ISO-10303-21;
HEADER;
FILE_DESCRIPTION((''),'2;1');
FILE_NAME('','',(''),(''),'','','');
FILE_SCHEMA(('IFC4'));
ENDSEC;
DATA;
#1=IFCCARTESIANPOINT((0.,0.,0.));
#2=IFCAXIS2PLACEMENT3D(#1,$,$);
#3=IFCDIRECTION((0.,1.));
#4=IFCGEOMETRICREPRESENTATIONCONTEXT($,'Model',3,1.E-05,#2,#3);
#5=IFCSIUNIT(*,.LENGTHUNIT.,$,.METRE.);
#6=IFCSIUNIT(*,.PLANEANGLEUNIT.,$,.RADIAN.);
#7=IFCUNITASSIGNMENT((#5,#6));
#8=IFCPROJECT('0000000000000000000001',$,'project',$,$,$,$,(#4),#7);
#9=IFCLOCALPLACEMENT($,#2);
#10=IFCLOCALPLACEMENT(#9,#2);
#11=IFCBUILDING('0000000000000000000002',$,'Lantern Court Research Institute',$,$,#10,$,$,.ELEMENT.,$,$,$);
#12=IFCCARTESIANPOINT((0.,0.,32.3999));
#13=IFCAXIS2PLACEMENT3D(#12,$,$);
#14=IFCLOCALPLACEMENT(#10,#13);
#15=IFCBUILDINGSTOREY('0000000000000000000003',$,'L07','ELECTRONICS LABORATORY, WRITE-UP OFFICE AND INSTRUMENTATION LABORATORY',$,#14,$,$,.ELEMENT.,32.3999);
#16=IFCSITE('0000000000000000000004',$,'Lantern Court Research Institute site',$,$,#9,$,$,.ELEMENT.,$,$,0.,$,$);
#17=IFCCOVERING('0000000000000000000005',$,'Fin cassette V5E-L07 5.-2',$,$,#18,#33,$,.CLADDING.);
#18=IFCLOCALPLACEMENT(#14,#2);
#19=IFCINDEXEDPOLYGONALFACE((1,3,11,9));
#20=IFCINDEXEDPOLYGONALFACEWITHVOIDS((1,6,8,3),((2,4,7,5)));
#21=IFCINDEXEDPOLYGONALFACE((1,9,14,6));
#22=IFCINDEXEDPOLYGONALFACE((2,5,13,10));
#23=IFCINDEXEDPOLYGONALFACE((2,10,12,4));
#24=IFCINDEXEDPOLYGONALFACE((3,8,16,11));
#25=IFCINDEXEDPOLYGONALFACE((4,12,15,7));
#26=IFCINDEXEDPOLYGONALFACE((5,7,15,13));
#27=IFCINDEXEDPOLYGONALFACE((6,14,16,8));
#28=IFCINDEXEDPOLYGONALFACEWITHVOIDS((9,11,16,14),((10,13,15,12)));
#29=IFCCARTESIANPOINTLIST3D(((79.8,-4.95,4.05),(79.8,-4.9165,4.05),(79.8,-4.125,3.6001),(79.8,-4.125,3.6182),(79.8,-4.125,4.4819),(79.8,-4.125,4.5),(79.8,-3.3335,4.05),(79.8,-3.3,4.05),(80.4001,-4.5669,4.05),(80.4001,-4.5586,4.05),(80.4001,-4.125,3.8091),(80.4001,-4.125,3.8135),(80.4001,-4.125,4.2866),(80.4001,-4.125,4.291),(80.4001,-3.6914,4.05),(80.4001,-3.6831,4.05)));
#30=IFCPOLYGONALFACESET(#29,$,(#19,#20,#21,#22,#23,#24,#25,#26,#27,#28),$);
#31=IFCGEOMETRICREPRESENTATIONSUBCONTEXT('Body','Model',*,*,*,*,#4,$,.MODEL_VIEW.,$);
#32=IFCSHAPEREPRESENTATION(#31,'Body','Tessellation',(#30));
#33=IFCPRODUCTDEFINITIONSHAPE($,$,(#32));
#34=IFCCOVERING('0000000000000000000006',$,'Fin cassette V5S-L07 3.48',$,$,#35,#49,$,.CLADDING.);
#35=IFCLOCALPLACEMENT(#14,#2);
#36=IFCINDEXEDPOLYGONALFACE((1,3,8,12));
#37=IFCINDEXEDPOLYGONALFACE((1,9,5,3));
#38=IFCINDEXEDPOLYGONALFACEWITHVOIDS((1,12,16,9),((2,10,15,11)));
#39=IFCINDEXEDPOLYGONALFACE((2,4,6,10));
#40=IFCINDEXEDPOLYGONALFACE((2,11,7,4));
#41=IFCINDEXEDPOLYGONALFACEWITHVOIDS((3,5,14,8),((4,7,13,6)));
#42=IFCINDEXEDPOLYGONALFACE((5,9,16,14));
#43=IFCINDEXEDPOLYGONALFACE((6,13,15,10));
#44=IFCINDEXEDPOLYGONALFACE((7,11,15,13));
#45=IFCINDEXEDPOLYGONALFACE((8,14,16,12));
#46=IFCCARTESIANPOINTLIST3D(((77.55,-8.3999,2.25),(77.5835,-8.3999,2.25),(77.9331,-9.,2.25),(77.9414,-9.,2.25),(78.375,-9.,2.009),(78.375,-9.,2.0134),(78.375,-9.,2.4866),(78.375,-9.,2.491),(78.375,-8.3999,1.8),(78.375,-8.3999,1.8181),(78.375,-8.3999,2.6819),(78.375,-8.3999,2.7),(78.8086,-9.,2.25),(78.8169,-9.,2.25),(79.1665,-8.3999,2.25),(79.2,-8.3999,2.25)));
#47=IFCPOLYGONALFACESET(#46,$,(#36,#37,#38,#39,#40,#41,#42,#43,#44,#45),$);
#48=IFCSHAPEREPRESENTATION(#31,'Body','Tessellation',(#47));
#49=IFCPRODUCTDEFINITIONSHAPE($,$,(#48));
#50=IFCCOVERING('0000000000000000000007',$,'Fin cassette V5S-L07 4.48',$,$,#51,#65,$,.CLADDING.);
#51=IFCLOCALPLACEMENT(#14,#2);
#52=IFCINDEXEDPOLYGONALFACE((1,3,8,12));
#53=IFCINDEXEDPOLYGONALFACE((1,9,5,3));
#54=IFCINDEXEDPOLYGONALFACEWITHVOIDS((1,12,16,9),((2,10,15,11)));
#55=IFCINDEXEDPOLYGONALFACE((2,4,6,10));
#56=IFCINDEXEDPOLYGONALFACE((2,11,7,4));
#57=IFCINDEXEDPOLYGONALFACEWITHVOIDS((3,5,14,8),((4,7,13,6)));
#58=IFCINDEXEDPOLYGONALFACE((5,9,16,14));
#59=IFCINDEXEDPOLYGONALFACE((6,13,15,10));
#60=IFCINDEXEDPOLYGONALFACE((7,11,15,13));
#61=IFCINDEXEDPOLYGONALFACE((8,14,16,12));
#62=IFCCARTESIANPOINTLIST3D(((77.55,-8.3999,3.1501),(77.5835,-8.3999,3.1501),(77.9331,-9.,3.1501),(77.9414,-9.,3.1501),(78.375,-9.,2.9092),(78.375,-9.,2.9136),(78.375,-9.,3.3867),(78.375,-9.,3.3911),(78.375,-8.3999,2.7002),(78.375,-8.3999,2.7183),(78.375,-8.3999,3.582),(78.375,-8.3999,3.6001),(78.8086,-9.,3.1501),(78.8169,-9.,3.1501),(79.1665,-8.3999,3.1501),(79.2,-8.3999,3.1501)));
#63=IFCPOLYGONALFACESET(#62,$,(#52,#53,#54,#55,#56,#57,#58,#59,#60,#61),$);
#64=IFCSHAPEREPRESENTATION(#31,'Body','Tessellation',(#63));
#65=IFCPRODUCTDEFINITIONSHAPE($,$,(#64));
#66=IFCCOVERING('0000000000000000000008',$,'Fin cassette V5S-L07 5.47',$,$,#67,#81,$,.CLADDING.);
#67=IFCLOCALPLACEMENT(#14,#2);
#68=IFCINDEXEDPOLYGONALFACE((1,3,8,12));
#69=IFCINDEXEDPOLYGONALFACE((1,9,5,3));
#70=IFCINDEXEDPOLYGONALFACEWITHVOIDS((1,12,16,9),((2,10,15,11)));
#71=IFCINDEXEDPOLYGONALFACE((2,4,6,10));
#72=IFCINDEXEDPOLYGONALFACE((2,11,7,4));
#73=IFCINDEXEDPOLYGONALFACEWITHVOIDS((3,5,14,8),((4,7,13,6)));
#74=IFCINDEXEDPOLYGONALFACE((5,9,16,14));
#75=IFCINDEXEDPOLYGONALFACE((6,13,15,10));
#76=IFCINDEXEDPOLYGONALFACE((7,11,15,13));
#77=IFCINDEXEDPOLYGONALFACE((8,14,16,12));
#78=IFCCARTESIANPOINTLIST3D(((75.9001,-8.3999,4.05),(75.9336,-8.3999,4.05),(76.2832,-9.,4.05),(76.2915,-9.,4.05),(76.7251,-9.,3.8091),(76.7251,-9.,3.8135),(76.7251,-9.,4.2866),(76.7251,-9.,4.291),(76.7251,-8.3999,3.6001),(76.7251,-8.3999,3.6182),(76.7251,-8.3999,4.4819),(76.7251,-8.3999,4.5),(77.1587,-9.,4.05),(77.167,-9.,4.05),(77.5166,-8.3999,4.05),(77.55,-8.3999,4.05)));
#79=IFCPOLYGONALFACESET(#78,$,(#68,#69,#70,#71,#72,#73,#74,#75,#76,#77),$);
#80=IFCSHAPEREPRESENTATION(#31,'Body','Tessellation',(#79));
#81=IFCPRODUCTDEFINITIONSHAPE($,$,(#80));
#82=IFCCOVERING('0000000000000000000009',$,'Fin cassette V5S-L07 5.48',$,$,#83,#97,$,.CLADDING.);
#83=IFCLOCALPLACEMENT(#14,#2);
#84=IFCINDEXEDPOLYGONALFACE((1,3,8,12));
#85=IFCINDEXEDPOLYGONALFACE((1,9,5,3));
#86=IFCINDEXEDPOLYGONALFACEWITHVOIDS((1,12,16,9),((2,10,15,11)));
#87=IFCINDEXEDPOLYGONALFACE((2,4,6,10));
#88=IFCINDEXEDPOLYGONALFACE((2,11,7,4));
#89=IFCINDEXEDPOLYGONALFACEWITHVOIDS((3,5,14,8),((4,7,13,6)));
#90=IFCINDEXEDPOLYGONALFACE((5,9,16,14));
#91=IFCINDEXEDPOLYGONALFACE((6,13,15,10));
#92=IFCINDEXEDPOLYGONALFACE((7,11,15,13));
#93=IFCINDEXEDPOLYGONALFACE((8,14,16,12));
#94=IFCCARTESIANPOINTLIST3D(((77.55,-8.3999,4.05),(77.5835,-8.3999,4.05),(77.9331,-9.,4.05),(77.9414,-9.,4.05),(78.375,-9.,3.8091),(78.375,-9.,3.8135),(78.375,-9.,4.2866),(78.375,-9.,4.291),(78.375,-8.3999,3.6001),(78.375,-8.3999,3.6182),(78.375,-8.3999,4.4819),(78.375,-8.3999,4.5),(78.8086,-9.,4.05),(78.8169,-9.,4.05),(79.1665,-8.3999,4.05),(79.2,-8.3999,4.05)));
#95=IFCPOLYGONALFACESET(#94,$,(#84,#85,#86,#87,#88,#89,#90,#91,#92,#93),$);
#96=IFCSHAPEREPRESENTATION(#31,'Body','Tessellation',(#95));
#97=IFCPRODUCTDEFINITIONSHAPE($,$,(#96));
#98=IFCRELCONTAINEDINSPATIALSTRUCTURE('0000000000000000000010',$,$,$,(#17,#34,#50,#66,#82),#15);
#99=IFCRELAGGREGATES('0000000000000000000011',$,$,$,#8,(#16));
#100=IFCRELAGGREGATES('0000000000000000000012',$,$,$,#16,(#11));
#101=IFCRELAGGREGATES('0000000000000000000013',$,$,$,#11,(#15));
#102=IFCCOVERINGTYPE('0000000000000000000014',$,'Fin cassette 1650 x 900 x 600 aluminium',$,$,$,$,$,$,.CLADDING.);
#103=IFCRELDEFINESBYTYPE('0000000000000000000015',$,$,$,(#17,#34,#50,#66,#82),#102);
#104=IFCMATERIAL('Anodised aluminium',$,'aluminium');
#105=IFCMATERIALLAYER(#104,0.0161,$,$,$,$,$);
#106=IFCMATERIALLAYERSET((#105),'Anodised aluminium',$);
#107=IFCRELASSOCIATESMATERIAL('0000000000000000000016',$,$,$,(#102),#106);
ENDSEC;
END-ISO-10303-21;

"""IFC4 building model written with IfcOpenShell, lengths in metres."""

from ifc_helpers import new_model, entity, si_unit, direction, frame, origin, place, context, subcontext, project, spatial, material, layer, layer_set, type_object, element, save


model = new_model("IFC4")

# Units and contexts
model_context = context("Model", 3, precision=1e-05, world=origin(), true_north=direction((0.0, 1.0)))
body_context = subcontext(model_context, "Body", "Model", "MODEL_VIEW")
ifc_project = project(units=[si_unit("LENGTHUNIT", "METRE"), si_unit("PLANEANGLEUNIT", "RADIAN")], contexts=[model_context])

# Site, building, storey
site_placement = place(None, origin())
site = spatial("IfcSite", under=ifc_project, at=site_placement, Name="Lantern Court Research Institute site", CompositionType="ELEMENT", RefElevation=0.0)
building_placement = place(site_placement, origin())
building = spatial("IfcBuilding", under=site, at=building_placement, Name="Lantern Court Research Institute", CompositionType="ELEMENT")
storey_placement = place(building_placement, frame((0.0, 0.0, 32.3999)))
storey = spatial("IfcBuildingStorey", under=building, at=storey_placement, Name="L07", Description="ELECTRONICS LABORATORY, WRITE-UP OFFICE AND INSTRUMENTATION LABORATORY", CompositionType="ELEMENT", Elevation=32.3999)

# Coverings
ifc_material_1 = material(Name="Anodised aluminium", Category="aluminium")
ifc_layer_1 = layer(ifc_material_1, 0.0161)
ifc_layer_set_1 = layer_set([ifc_layer_1], Name="Anodised aluminium")
covering_type = type_object("IfcCoveringType", Name="Fin cassette 1650 x 900 x 600 aluminium", PredefinedType="CLADDING", material=ifc_layer_set_1)
covering_1_placement = place(storey_placement, frame((79.8, -4.125, 4.05), z_axis=(1.0, 0.0, 0.0), x_axis=(0.0, 1.0, 0.0)))
cartesian_point_1 = entity("IfcCartesianPoint", [0.825, 0.0])
cartesian_point_2 = entity("IfcCartesianPoint", [0.7915, 0.0])
cartesian_point_3 = entity("IfcCartesianPoint", [0.4419, 0.0])
cartesian_point_4 = entity("IfcCartesianPoint", [0.4336, 0.0])
element("IfcCovering", 1, at=covering_1_placement, inside=storey, type_object=covering_type, Name="Fin cassette V5E-L07 5.-2", PredefinedType="CLADDING", context=body_context, shape_type="SweptSolid", body=[
    entity("IfcExtrudedAreaSolidTapered", entity("IfcArbitraryProfileDefWithVoids", "AREA", None, entity("IfcPolyline", [cartesian_point_1, entity("IfcCartesianPoint", [0.0, 0.45]), entity("IfcCartesianPoint", [-0.825, 0.0]), entity("IfcCartesianPoint", [0.0, -0.45]), cartesian_point_1]), [entity("IfcPolyline", [cartesian_point_2, entity("IfcCartesianPoint", [0.0, 0.4319]), entity("IfcCartesianPoint", [-0.7915, 0.0]), entity("IfcCartesianPoint", [0.0, -0.4319]), cartesian_point_2])]), entity("IfcAxis2Placement3D", entity("IfcCartesianPoint", [0.0, 0.0, 0.0])), entity("IfcDirection", [0.0, 0.0, 1.0]), 0.6001, entity("IfcArbitraryProfileDefWithVoids", "AREA", None, entity("IfcPolyline", [cartesian_point_3, entity("IfcCartesianPoint", [0.0, 0.241]), entity("IfcCartesianPoint", [-0.4419, 0.0]), entity("IfcCartesianPoint", [0.0, -0.241]), cartesian_point_3]), [entity("IfcPolyline", [cartesian_point_4, entity("IfcCartesianPoint", [0.0, 0.2366]), entity("IfcCartesianPoint", [-0.4336, 0.0]), entity("IfcCartesianPoint", [0.0, -0.2366]), cartesian_point_4])])),
])
covering_2_placement = place(storey_placement, frame((78.375, -8.3999, 2.25), z_axis=(0.0, -1.0, 0.0), x_axis=(1.0, 0.0, 0.0)))
cartesian_point_5 = entity("IfcCartesianPoint", [0.825, 0.0])
cartesian_point_6 = entity("IfcCartesianPoint", [0.7915, 0.0])
cartesian_point_7 = entity("IfcCartesianPoint", [0.4419, 0.0])
cartesian_point_8 = entity("IfcCartesianPoint", [0.4336, 0.0])
element("IfcCovering", 2, at=covering_2_placement, inside=storey, type_object=covering_type, Name="Fin cassette V5S-L07 3.48", PredefinedType="CLADDING", context=body_context, shape_type="SweptSolid", body=[
    entity("IfcExtrudedAreaSolidTapered", entity("IfcArbitraryProfileDefWithVoids", "AREA", None, entity("IfcPolyline", [cartesian_point_5, entity("IfcCartesianPoint", [0.0, 0.45]), entity("IfcCartesianPoint", [-0.825, 0.0]), entity("IfcCartesianPoint", [0.0, -0.45]), cartesian_point_5]), [entity("IfcPolyline", [cartesian_point_6, entity("IfcCartesianPoint", [0.0, 0.4319]), entity("IfcCartesianPoint", [-0.7915, 0.0]), entity("IfcCartesianPoint", [0.0, -0.4319]), cartesian_point_6])]), entity("IfcAxis2Placement3D", entity("IfcCartesianPoint", [0.0, 0.0, 0.0])), entity("IfcDirection", [0.0, 0.0, 1.0]), 0.6001, entity("IfcArbitraryProfileDefWithVoids", "AREA", None, entity("IfcPolyline", [cartesian_point_7, entity("IfcCartesianPoint", [0.0, 0.241]), entity("IfcCartesianPoint", [-0.4419, 0.0]), entity("IfcCartesianPoint", [0.0, -0.241]), cartesian_point_7]), [entity("IfcPolyline", [cartesian_point_8, entity("IfcCartesianPoint", [0.0, 0.2366]), entity("IfcCartesianPoint", [-0.4336, 0.0]), entity("IfcCartesianPoint", [0.0, -0.2366]), cartesian_point_8])])),
])
covering_3_placement = place(storey_placement, frame((78.375, -8.3999, 3.1501), z_axis=(0.0, -1.0, 0.0), x_axis=(1.0, 0.0, 0.0)))
cartesian_point_9 = entity("IfcCartesianPoint", [0.825, 0.0])
cartesian_point_10 = entity("IfcCartesianPoint", [0.7915, 0.0])
cartesian_point_11 = entity("IfcCartesianPoint", [0.4419, 0.0])
cartesian_point_12 = entity("IfcCartesianPoint", [0.4336, 0.0])
element("IfcCovering", 3, at=covering_3_placement, inside=storey, type_object=covering_type, Name="Fin cassette V5S-L07 4.48", PredefinedType="CLADDING", context=body_context, shape_type="SweptSolid", body=[
    entity("IfcExtrudedAreaSolidTapered", entity("IfcArbitraryProfileDefWithVoids", "AREA", None, entity("IfcPolyline", [cartesian_point_9, entity("IfcCartesianPoint", [0.0, 0.45]), entity("IfcCartesianPoint", [-0.825, 0.0]), entity("IfcCartesianPoint", [0.0, -0.45]), cartesian_point_9]), [entity("IfcPolyline", [cartesian_point_10, entity("IfcCartesianPoint", [0.0, 0.4319]), entity("IfcCartesianPoint", [-0.7915, 0.0]), entity("IfcCartesianPoint", [0.0, -0.4319]), cartesian_point_10])]), entity("IfcAxis2Placement3D", entity("IfcCartesianPoint", [0.0, 0.0, 0.0])), entity("IfcDirection", [0.0, 0.0, 1.0]), 0.6001, entity("IfcArbitraryProfileDefWithVoids", "AREA", None, entity("IfcPolyline", [cartesian_point_11, entity("IfcCartesianPoint", [0.0, 0.241]), entity("IfcCartesianPoint", [-0.4419, 0.0]), entity("IfcCartesianPoint", [0.0, -0.241]), cartesian_point_11]), [entity("IfcPolyline", [cartesian_point_12, entity("IfcCartesianPoint", [0.0, 0.2366]), entity("IfcCartesianPoint", [-0.4336, 0.0]), entity("IfcCartesianPoint", [0.0, -0.2366]), cartesian_point_12])])),
])
covering_4_placement = place(storey_placement, frame((76.7251, -8.3999, 4.05), z_axis=(0.0, -1.0, 0.0), x_axis=(1.0, 0.0, 0.0)))
cartesian_point_13 = entity("IfcCartesianPoint", [0.825, 0.0])
cartesian_point_14 = entity("IfcCartesianPoint", [0.7915, 0.0])
cartesian_point_15 = entity("IfcCartesianPoint", [0.4419, 0.0])
cartesian_point_16 = entity("IfcCartesianPoint", [0.4336, 0.0])
element("IfcCovering", 4, at=covering_4_placement, inside=storey, type_object=covering_type, Name="Fin cassette V5S-L07 5.47", PredefinedType="CLADDING", context=body_context, shape_type="SweptSolid", body=[
    entity("IfcExtrudedAreaSolidTapered", entity("IfcArbitraryProfileDefWithVoids", "AREA", None, entity("IfcPolyline", [cartesian_point_13, entity("IfcCartesianPoint", [0.0, 0.45]), entity("IfcCartesianPoint", [-0.825, 0.0]), entity("IfcCartesianPoint", [0.0, -0.45]), cartesian_point_13]), [entity("IfcPolyline", [cartesian_point_14, entity("IfcCartesianPoint", [0.0, 0.4319]), entity("IfcCartesianPoint", [-0.7915, 0.0]), entity("IfcCartesianPoint", [0.0, -0.4319]), cartesian_point_14])]), entity("IfcAxis2Placement3D", entity("IfcCartesianPoint", [0.0, 0.0, 0.0])), entity("IfcDirection", [0.0, 0.0, 1.0]), 0.6001, entity("IfcArbitraryProfileDefWithVoids", "AREA", None, entity("IfcPolyline", [cartesian_point_15, entity("IfcCartesianPoint", [0.0, 0.241]), entity("IfcCartesianPoint", [-0.4419, 0.0]), entity("IfcCartesianPoint", [0.0, -0.241]), cartesian_point_15]), [entity("IfcPolyline", [cartesian_point_16, entity("IfcCartesianPoint", [0.0, 0.2366]), entity("IfcCartesianPoint", [-0.4336, 0.0]), entity("IfcCartesianPoint", [0.0, -0.2366]), cartesian_point_16])])),
])
covering_5_placement = place(storey_placement, frame((78.375, -8.3999, 4.05), z_axis=(0.0, -1.0, 0.0), x_axis=(1.0, 0.0, 0.0)))
cartesian_point_17 = entity("IfcCartesianPoint", [0.825, 0.0])
cartesian_point_18 = entity("IfcCartesianPoint", [0.7915, 0.0])
cartesian_point_19 = entity("IfcCartesianPoint", [0.4419, 0.0])
cartesian_point_20 = entity("IfcCartesianPoint", [0.4336, 0.0])
element("IfcCovering", 5, at=covering_5_placement, inside=storey, type_object=covering_type, Name="Fin cassette V5S-L07 5.48", PredefinedType="CLADDING", context=body_context, shape_type="SweptSolid", body=[
    entity("IfcExtrudedAreaSolidTapered", entity("IfcArbitraryProfileDefWithVoids", "AREA", None, entity("IfcPolyline", [cartesian_point_17, entity("IfcCartesianPoint", [0.0, 0.45]), entity("IfcCartesianPoint", [-0.825, 0.0]), entity("IfcCartesianPoint", [0.0, -0.45]), cartesian_point_17]), [entity("IfcPolyline", [cartesian_point_18, entity("IfcCartesianPoint", [0.0, 0.4319]), entity("IfcCartesianPoint", [-0.7915, 0.0]), entity("IfcCartesianPoint", [0.0, -0.4319]), cartesian_point_18])]), entity("IfcAxis2Placement3D", entity("IfcCartesianPoint", [0.0, 0.0, 0.0])), entity("IfcDirection", [0.0, 0.0, 1.0]), 0.6001, entity("IfcArbitraryProfileDefWithVoids", "AREA", None, entity("IfcPolyline", [cartesian_point_19, entity("IfcCartesianPoint", [0.0, 0.241]), entity("IfcCartesianPoint", [-0.4419, 0.0]), entity("IfcCartesianPoint", [0.0, -0.241]), cartesian_point_19]), [entity("IfcPolyline", [cartesian_point_20, entity("IfcCartesianPoint", [0.0, 0.2366]), entity("IfcCartesianPoint", [-0.4336, 0.0]), entity("IfcCartesianPoint", [0.0, -0.2366]), cartesian_point_20])])),
])

save(model, "model.ifc")
